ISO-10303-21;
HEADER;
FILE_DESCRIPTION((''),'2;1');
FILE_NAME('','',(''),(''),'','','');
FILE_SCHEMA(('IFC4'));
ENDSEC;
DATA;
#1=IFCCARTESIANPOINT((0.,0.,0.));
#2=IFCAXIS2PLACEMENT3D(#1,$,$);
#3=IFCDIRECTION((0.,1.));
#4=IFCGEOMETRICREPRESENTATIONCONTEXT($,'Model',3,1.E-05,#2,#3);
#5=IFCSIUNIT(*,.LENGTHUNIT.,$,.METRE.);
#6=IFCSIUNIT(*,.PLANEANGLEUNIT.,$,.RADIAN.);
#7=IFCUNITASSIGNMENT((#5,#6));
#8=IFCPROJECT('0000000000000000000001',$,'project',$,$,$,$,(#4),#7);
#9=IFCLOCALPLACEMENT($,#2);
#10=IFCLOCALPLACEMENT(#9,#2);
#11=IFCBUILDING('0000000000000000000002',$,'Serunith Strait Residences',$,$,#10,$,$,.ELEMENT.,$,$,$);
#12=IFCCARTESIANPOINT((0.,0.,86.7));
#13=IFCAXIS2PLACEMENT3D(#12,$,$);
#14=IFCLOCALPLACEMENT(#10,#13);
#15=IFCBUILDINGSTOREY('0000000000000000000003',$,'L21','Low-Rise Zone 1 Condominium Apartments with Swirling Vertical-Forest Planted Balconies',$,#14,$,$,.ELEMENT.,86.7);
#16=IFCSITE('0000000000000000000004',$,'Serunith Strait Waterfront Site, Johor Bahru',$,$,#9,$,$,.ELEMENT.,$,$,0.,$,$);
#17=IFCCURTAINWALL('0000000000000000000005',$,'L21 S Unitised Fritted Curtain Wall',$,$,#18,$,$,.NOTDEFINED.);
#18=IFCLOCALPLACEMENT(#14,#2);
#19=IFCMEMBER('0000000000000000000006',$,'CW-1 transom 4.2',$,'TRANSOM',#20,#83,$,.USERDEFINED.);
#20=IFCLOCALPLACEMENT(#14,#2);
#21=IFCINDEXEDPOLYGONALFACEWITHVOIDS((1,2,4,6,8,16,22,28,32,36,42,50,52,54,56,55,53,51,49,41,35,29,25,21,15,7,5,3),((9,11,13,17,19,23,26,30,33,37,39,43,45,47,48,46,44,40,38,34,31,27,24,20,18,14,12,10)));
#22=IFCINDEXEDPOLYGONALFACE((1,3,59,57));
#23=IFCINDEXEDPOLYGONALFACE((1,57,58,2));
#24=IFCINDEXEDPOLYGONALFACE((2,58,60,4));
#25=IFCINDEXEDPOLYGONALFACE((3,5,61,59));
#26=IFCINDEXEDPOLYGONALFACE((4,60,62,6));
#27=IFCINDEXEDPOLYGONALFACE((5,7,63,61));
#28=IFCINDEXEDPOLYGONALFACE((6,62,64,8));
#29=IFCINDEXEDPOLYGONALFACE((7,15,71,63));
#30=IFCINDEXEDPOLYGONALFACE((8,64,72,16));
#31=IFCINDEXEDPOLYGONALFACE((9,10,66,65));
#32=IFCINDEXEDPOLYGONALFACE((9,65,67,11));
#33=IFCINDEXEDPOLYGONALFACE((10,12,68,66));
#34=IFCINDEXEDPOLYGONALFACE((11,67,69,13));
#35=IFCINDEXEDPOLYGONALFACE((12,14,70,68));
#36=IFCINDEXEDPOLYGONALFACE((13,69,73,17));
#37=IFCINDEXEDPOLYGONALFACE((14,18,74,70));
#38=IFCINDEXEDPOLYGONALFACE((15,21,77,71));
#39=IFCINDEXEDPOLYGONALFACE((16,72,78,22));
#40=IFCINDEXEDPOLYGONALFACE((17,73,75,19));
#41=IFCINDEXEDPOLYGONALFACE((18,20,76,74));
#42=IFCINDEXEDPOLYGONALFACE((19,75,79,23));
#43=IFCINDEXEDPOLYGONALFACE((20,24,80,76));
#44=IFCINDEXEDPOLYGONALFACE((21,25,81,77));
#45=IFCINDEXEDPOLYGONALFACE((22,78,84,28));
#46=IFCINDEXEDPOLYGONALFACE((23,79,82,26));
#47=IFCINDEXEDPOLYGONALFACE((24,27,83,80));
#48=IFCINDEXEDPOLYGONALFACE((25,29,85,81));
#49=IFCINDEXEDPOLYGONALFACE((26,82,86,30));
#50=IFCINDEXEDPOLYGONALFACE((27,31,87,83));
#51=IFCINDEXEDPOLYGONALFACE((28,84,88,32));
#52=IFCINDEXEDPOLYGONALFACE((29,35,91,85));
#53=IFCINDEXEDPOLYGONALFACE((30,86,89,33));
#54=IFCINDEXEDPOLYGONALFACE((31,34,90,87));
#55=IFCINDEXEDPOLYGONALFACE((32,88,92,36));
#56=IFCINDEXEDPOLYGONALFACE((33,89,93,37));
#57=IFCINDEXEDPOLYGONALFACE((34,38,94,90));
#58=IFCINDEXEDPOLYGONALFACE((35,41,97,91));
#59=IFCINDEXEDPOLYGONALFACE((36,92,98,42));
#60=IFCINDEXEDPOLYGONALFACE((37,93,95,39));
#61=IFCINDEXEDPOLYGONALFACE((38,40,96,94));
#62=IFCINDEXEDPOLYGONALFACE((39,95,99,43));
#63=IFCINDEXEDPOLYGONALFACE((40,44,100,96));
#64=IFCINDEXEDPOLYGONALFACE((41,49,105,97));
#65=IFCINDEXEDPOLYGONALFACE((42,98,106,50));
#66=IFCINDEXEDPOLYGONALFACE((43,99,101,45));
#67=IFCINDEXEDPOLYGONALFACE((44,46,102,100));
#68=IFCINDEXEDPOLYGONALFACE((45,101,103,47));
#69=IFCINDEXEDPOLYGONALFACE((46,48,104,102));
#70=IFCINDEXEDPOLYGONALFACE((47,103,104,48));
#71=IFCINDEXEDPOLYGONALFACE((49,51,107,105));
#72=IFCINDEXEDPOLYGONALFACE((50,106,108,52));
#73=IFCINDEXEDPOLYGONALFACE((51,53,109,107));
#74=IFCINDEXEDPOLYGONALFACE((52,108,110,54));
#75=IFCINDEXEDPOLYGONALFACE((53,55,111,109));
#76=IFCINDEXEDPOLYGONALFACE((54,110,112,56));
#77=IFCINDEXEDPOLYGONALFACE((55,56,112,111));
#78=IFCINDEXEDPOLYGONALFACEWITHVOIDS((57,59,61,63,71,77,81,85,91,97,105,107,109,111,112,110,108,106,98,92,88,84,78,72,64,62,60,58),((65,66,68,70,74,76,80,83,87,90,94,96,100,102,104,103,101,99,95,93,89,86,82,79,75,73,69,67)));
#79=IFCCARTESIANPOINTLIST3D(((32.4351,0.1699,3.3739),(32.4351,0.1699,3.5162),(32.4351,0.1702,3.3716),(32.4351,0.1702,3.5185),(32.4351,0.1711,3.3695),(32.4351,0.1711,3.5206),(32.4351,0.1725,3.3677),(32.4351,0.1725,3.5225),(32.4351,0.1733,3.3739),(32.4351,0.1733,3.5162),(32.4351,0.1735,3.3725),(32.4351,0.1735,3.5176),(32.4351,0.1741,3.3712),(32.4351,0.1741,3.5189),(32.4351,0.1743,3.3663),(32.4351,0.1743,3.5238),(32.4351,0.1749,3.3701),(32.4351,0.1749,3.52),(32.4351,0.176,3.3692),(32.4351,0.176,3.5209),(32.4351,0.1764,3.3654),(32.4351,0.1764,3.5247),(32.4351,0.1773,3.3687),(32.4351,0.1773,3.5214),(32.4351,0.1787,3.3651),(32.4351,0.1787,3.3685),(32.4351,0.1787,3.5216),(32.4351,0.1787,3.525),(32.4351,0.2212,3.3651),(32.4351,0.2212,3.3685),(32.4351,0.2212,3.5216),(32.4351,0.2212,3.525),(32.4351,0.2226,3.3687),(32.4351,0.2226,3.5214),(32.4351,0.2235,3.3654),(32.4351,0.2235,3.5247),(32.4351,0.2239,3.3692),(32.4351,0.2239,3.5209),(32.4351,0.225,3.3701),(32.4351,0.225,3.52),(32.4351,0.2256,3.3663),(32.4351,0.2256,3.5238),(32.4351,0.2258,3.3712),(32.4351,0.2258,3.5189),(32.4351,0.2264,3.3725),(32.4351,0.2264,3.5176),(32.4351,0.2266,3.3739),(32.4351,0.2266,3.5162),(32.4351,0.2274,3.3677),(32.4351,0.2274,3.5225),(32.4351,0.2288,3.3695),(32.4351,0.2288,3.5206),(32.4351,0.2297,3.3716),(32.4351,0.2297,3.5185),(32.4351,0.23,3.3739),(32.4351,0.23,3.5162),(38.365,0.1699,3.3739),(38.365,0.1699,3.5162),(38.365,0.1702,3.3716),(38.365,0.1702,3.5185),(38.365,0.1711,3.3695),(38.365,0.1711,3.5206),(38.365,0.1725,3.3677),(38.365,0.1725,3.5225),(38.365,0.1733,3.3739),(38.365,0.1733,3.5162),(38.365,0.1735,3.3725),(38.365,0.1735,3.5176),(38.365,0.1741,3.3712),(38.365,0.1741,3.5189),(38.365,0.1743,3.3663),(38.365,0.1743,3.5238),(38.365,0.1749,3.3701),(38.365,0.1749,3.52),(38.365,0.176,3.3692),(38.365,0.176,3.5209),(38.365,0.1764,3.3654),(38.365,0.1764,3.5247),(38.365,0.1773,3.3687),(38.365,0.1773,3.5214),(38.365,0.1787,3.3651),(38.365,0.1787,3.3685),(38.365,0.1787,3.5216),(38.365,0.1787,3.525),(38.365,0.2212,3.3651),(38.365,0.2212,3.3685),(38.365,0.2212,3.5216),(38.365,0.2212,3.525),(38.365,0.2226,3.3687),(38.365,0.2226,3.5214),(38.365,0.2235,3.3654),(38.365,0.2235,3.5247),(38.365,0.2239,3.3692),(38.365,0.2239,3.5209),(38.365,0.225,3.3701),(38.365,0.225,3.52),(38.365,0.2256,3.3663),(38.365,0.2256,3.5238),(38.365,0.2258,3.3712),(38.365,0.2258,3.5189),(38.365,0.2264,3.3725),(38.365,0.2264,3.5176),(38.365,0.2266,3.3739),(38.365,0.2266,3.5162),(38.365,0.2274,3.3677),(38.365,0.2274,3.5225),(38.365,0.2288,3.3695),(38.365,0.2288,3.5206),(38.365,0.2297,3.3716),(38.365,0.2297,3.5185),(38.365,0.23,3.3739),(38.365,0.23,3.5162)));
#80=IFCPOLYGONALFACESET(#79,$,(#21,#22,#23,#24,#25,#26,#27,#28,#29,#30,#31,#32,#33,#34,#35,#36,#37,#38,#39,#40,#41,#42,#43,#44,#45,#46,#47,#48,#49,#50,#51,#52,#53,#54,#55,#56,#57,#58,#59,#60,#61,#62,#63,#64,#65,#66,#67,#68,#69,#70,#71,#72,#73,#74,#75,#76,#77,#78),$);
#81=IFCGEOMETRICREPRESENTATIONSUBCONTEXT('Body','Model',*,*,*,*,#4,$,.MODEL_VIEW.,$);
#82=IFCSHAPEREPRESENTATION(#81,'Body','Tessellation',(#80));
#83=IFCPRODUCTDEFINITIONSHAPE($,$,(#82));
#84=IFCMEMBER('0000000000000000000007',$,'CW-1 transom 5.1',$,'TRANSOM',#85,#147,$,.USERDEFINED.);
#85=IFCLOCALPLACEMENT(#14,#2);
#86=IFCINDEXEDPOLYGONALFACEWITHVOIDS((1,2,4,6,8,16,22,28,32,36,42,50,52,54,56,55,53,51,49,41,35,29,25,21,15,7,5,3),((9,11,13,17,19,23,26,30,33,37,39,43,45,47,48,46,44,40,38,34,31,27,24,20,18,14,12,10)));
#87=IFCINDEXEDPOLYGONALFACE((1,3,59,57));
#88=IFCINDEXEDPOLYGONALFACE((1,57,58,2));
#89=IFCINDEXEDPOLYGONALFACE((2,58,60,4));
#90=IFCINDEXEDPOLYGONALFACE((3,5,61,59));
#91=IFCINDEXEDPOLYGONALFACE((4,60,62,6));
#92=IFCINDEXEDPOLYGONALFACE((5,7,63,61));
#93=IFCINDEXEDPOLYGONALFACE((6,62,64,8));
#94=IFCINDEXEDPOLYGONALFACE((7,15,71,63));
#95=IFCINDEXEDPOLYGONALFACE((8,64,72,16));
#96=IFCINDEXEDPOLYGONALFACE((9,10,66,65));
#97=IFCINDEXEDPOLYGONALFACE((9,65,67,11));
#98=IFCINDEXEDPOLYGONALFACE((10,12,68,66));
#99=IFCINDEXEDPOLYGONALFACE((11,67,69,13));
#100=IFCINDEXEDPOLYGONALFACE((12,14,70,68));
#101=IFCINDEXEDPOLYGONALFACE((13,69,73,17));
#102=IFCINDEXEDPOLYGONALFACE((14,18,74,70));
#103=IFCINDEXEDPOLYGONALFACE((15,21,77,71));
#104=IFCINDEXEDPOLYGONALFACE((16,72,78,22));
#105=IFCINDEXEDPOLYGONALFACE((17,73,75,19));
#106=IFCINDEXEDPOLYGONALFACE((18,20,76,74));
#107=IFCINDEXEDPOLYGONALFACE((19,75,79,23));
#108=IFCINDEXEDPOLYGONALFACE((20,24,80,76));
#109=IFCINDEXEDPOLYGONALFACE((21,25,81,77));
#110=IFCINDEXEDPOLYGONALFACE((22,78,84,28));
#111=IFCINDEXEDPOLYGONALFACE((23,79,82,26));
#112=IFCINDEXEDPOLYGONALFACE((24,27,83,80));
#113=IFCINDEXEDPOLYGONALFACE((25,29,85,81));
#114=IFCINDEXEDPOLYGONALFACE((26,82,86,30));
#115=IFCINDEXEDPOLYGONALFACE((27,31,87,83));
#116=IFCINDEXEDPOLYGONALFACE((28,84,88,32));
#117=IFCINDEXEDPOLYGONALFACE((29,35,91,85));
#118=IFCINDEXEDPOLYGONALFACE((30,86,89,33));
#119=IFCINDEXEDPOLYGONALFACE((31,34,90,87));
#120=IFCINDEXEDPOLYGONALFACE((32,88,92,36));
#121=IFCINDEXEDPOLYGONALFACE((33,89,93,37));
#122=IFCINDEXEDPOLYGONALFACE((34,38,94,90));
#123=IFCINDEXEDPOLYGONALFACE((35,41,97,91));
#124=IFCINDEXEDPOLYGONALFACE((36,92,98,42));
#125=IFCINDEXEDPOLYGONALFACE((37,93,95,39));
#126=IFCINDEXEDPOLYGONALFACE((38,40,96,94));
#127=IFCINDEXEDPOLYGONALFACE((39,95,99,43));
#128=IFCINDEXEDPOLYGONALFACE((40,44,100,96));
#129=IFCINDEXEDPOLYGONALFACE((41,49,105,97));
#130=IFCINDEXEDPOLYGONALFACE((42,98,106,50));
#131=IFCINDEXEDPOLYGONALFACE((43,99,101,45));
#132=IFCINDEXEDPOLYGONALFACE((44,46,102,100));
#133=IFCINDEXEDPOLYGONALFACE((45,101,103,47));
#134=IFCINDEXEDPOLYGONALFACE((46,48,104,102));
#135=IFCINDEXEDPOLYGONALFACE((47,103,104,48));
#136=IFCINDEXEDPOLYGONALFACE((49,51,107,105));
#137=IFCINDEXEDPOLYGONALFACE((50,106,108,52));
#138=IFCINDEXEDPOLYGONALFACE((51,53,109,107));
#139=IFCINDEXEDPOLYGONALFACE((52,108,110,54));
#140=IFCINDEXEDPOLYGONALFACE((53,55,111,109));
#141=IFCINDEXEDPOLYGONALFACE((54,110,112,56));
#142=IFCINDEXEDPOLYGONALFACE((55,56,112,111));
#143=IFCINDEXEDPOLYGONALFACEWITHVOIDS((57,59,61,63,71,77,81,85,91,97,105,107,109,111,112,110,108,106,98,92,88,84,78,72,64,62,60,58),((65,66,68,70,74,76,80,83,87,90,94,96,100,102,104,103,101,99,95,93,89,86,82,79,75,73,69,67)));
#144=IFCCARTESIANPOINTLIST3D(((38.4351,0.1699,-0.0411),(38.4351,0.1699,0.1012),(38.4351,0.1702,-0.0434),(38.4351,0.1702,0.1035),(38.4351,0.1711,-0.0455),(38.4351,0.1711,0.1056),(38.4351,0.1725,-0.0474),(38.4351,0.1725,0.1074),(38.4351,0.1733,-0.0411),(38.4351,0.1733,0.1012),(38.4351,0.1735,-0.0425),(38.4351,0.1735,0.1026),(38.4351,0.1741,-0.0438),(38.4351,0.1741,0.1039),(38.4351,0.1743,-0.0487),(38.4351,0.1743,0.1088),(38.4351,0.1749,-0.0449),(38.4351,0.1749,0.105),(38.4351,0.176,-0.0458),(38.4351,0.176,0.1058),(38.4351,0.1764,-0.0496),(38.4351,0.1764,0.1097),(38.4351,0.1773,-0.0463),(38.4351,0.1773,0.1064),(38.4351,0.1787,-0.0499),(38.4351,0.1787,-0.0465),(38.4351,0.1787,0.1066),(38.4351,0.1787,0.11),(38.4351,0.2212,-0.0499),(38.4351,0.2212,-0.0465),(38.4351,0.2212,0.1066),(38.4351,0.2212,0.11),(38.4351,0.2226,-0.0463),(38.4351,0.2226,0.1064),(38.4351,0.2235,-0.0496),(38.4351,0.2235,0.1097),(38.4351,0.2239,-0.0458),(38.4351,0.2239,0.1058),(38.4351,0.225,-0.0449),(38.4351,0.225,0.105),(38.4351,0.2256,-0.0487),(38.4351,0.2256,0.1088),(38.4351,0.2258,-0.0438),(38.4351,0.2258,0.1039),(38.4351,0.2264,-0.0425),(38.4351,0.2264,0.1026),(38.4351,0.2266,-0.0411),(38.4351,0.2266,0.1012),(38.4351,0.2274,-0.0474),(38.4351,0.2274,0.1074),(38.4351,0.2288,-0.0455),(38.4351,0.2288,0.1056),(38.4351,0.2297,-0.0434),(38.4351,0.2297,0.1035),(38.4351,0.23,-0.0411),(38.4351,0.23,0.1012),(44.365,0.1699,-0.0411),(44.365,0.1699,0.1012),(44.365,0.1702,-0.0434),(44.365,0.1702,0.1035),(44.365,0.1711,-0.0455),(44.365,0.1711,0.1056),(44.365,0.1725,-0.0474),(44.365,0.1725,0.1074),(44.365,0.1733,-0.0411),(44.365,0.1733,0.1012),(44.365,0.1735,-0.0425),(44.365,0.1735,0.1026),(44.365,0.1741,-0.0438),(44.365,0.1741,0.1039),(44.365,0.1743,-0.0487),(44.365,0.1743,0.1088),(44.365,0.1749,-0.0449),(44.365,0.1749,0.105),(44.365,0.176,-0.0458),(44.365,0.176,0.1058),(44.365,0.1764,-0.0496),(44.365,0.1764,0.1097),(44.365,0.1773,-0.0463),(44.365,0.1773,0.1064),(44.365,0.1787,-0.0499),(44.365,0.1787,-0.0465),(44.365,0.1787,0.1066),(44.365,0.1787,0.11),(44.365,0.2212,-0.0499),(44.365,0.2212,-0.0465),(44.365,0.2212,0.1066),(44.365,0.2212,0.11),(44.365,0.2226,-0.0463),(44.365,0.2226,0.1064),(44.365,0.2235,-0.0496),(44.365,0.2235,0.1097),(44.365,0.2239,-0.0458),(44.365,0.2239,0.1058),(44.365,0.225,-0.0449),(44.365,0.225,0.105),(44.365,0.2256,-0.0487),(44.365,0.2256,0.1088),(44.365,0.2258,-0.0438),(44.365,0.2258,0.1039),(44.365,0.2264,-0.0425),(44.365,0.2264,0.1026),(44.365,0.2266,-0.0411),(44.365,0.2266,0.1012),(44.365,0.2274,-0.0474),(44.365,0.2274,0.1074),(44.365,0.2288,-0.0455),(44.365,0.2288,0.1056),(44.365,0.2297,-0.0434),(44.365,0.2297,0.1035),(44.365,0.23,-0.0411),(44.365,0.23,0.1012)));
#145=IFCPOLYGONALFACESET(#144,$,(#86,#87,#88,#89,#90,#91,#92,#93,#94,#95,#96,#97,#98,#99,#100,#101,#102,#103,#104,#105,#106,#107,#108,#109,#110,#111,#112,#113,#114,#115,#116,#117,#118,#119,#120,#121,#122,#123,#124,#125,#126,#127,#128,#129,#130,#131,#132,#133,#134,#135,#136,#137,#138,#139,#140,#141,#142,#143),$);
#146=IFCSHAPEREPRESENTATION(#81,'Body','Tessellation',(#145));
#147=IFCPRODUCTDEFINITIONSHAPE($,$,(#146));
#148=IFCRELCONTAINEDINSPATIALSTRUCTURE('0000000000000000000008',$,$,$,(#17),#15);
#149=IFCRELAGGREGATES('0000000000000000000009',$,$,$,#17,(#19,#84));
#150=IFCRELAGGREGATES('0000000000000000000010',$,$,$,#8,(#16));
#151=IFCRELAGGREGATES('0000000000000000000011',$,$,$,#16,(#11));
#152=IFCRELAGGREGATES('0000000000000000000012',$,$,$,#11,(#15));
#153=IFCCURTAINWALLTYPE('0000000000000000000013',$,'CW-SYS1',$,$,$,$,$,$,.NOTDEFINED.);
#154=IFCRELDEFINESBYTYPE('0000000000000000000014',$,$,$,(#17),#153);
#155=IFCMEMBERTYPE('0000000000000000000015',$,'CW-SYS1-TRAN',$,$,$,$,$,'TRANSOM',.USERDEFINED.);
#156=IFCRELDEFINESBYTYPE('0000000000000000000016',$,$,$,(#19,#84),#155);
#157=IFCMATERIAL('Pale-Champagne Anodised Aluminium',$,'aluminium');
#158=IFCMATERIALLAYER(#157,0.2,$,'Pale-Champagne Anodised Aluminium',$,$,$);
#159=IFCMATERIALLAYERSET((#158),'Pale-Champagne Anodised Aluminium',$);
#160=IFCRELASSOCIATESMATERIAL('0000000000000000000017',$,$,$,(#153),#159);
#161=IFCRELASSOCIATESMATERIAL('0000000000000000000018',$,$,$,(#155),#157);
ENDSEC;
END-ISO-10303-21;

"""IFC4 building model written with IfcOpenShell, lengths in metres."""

from ifc_helpers import new_model, si_unit, direction, frame, origin, origin_2d, place, context, subcontext, project, spatial, hollow_rectangle, extrude, source, transform, mapped, material, layer, layer_set, material_profile, profile_set, type_object, element, aggregate, save


model = new_model("IFC4")

# Units and contexts
model_context = context("Model", 3, precision=1e-05, world=origin(), true_north=direction((0.0, 1.0)))
body_context = subcontext(model_context, "Body", "Model", "MODEL_VIEW")
ifc_project = project(units=[si_unit("LENGTHUNIT", "METRE"), si_unit("PLANEANGLEUNIT", "RADIAN")], contexts=[model_context])

# Site, building, storey
site_placement = place(None, origin())
site = spatial("IfcSite", under=ifc_project, at=site_placement, Name="Serunith Strait Waterfront Site, Johor Bahru", CompositionType="ELEMENT", RefElevation=0.0)
building_placement = place(site_placement, origin())
building = spatial("IfcBuilding", under=site, at=building_placement, Name="Serunith Strait Residences", CompositionType="ELEMENT")
storey_placement = place(building_placement, frame((0.0, 0.0, 86.7)))
storey = spatial("IfcBuildingStorey", under=building, at=storey_placement, Name="L21", Description="Low-Rise Zone 1 Condominium Apartments with Swirling Vertical-Forest Planted Balconies", CompositionType="ELEMENT", Elevation=86.7)

# Curtain wall, members
ifc_material_1 = material(Name="Pale-Champagne Anodised Aluminium", Category="aluminium")
ifc_layer_1 = layer(ifc_material_1, 0.2, Name="Pale-Champagne Anodised Aluminium")
ifc_layer_set_1 = layer_set([ifc_layer_1], Name="Pale-Champagne Anodised Aluminium")
curtain_wall_type = type_object("IfcCurtainWallType", Name="CW-SYS1", PredefinedType="NOTDEFINED", material=ifc_layer_set_1)
curtain_wall_placement = place(storey_placement, origin())
curtain_wall = element("IfcCurtainWall", 1, at=curtain_wall_placement, inside=storey, type_object=curtain_wall_type, Name="L21 S Unitised Fritted Curtain Wall", PredefinedType="NOTDEFINED")
ifc_material_profile_1 = material_profile(ifc_material_1, hollow_rectangle(XDim=0.0601, YDim=0.1599, WallThickness=0.0034, InnerFilletRadius=0.0054, OuterFilletRadius=0.0088, at=origin_2d()), Name="ALU 160x60x3.5")
ifc_profile_set_1 = profile_set([ifc_material_profile_1], Name="Pale-Champagne Anodised Aluminium")
member_type_1 = type_object("IfcMemberType", Name="CW-SYS1-TRAN", ElementType="TRANSOM", PredefinedType="USERDEFINED", material=ifc_profile_set_1)
shared_shape_1 = source(origin(), body_context, "Body", "SweptSolid", [
    extrude(hollow_rectangle(XDim=0.0601, YDim=0.1599, WallThickness=0.0034, InnerFilletRadius=0.0054, OuterFilletRadius=0.0088, at=origin_2d()), origin(), (0.0, 0.0, 1.0), 5.9299),
])
member_1_placement = place(storey_placement, frame((32.4351, 0.2, 3.4451), z_axis=(1.0, 0.0, 0.0), x_axis=(0.0, 1.0, 0.0)))
member_1 = element("IfcMember", 2, at=member_1_placement, type_object=member_type_1, Name="CW-1 transom 4.2", ObjectType="TRANSOM", PredefinedType="USERDEFINED", context=body_context, shape_type="MappedRepresentation", body=[
    mapped(shared_shape_1, transform((0.0, 0.0, 0.0), scale=1.0)),
])
member_2_placement = place(storey_placement, frame((38.4351, 0.2, 0.03), z_axis=(1.0, 0.0, 0.0), x_axis=(0.0, 1.0, 0.0)))
member_2 = element("IfcMember", 3, at=member_2_placement, type_object=member_type_1, Name="CW-1 transom 5.1", ObjectType="TRANSOM", PredefinedType="USERDEFINED", context=body_context, shape_type="MappedRepresentation", body=[
    mapped(shared_shape_1, transform((0.0, 0.0, 0.0), scale=1.0)),
])
aggregate(curtain_wall, [member_1, member_2])

save(model, "model.ifc")
